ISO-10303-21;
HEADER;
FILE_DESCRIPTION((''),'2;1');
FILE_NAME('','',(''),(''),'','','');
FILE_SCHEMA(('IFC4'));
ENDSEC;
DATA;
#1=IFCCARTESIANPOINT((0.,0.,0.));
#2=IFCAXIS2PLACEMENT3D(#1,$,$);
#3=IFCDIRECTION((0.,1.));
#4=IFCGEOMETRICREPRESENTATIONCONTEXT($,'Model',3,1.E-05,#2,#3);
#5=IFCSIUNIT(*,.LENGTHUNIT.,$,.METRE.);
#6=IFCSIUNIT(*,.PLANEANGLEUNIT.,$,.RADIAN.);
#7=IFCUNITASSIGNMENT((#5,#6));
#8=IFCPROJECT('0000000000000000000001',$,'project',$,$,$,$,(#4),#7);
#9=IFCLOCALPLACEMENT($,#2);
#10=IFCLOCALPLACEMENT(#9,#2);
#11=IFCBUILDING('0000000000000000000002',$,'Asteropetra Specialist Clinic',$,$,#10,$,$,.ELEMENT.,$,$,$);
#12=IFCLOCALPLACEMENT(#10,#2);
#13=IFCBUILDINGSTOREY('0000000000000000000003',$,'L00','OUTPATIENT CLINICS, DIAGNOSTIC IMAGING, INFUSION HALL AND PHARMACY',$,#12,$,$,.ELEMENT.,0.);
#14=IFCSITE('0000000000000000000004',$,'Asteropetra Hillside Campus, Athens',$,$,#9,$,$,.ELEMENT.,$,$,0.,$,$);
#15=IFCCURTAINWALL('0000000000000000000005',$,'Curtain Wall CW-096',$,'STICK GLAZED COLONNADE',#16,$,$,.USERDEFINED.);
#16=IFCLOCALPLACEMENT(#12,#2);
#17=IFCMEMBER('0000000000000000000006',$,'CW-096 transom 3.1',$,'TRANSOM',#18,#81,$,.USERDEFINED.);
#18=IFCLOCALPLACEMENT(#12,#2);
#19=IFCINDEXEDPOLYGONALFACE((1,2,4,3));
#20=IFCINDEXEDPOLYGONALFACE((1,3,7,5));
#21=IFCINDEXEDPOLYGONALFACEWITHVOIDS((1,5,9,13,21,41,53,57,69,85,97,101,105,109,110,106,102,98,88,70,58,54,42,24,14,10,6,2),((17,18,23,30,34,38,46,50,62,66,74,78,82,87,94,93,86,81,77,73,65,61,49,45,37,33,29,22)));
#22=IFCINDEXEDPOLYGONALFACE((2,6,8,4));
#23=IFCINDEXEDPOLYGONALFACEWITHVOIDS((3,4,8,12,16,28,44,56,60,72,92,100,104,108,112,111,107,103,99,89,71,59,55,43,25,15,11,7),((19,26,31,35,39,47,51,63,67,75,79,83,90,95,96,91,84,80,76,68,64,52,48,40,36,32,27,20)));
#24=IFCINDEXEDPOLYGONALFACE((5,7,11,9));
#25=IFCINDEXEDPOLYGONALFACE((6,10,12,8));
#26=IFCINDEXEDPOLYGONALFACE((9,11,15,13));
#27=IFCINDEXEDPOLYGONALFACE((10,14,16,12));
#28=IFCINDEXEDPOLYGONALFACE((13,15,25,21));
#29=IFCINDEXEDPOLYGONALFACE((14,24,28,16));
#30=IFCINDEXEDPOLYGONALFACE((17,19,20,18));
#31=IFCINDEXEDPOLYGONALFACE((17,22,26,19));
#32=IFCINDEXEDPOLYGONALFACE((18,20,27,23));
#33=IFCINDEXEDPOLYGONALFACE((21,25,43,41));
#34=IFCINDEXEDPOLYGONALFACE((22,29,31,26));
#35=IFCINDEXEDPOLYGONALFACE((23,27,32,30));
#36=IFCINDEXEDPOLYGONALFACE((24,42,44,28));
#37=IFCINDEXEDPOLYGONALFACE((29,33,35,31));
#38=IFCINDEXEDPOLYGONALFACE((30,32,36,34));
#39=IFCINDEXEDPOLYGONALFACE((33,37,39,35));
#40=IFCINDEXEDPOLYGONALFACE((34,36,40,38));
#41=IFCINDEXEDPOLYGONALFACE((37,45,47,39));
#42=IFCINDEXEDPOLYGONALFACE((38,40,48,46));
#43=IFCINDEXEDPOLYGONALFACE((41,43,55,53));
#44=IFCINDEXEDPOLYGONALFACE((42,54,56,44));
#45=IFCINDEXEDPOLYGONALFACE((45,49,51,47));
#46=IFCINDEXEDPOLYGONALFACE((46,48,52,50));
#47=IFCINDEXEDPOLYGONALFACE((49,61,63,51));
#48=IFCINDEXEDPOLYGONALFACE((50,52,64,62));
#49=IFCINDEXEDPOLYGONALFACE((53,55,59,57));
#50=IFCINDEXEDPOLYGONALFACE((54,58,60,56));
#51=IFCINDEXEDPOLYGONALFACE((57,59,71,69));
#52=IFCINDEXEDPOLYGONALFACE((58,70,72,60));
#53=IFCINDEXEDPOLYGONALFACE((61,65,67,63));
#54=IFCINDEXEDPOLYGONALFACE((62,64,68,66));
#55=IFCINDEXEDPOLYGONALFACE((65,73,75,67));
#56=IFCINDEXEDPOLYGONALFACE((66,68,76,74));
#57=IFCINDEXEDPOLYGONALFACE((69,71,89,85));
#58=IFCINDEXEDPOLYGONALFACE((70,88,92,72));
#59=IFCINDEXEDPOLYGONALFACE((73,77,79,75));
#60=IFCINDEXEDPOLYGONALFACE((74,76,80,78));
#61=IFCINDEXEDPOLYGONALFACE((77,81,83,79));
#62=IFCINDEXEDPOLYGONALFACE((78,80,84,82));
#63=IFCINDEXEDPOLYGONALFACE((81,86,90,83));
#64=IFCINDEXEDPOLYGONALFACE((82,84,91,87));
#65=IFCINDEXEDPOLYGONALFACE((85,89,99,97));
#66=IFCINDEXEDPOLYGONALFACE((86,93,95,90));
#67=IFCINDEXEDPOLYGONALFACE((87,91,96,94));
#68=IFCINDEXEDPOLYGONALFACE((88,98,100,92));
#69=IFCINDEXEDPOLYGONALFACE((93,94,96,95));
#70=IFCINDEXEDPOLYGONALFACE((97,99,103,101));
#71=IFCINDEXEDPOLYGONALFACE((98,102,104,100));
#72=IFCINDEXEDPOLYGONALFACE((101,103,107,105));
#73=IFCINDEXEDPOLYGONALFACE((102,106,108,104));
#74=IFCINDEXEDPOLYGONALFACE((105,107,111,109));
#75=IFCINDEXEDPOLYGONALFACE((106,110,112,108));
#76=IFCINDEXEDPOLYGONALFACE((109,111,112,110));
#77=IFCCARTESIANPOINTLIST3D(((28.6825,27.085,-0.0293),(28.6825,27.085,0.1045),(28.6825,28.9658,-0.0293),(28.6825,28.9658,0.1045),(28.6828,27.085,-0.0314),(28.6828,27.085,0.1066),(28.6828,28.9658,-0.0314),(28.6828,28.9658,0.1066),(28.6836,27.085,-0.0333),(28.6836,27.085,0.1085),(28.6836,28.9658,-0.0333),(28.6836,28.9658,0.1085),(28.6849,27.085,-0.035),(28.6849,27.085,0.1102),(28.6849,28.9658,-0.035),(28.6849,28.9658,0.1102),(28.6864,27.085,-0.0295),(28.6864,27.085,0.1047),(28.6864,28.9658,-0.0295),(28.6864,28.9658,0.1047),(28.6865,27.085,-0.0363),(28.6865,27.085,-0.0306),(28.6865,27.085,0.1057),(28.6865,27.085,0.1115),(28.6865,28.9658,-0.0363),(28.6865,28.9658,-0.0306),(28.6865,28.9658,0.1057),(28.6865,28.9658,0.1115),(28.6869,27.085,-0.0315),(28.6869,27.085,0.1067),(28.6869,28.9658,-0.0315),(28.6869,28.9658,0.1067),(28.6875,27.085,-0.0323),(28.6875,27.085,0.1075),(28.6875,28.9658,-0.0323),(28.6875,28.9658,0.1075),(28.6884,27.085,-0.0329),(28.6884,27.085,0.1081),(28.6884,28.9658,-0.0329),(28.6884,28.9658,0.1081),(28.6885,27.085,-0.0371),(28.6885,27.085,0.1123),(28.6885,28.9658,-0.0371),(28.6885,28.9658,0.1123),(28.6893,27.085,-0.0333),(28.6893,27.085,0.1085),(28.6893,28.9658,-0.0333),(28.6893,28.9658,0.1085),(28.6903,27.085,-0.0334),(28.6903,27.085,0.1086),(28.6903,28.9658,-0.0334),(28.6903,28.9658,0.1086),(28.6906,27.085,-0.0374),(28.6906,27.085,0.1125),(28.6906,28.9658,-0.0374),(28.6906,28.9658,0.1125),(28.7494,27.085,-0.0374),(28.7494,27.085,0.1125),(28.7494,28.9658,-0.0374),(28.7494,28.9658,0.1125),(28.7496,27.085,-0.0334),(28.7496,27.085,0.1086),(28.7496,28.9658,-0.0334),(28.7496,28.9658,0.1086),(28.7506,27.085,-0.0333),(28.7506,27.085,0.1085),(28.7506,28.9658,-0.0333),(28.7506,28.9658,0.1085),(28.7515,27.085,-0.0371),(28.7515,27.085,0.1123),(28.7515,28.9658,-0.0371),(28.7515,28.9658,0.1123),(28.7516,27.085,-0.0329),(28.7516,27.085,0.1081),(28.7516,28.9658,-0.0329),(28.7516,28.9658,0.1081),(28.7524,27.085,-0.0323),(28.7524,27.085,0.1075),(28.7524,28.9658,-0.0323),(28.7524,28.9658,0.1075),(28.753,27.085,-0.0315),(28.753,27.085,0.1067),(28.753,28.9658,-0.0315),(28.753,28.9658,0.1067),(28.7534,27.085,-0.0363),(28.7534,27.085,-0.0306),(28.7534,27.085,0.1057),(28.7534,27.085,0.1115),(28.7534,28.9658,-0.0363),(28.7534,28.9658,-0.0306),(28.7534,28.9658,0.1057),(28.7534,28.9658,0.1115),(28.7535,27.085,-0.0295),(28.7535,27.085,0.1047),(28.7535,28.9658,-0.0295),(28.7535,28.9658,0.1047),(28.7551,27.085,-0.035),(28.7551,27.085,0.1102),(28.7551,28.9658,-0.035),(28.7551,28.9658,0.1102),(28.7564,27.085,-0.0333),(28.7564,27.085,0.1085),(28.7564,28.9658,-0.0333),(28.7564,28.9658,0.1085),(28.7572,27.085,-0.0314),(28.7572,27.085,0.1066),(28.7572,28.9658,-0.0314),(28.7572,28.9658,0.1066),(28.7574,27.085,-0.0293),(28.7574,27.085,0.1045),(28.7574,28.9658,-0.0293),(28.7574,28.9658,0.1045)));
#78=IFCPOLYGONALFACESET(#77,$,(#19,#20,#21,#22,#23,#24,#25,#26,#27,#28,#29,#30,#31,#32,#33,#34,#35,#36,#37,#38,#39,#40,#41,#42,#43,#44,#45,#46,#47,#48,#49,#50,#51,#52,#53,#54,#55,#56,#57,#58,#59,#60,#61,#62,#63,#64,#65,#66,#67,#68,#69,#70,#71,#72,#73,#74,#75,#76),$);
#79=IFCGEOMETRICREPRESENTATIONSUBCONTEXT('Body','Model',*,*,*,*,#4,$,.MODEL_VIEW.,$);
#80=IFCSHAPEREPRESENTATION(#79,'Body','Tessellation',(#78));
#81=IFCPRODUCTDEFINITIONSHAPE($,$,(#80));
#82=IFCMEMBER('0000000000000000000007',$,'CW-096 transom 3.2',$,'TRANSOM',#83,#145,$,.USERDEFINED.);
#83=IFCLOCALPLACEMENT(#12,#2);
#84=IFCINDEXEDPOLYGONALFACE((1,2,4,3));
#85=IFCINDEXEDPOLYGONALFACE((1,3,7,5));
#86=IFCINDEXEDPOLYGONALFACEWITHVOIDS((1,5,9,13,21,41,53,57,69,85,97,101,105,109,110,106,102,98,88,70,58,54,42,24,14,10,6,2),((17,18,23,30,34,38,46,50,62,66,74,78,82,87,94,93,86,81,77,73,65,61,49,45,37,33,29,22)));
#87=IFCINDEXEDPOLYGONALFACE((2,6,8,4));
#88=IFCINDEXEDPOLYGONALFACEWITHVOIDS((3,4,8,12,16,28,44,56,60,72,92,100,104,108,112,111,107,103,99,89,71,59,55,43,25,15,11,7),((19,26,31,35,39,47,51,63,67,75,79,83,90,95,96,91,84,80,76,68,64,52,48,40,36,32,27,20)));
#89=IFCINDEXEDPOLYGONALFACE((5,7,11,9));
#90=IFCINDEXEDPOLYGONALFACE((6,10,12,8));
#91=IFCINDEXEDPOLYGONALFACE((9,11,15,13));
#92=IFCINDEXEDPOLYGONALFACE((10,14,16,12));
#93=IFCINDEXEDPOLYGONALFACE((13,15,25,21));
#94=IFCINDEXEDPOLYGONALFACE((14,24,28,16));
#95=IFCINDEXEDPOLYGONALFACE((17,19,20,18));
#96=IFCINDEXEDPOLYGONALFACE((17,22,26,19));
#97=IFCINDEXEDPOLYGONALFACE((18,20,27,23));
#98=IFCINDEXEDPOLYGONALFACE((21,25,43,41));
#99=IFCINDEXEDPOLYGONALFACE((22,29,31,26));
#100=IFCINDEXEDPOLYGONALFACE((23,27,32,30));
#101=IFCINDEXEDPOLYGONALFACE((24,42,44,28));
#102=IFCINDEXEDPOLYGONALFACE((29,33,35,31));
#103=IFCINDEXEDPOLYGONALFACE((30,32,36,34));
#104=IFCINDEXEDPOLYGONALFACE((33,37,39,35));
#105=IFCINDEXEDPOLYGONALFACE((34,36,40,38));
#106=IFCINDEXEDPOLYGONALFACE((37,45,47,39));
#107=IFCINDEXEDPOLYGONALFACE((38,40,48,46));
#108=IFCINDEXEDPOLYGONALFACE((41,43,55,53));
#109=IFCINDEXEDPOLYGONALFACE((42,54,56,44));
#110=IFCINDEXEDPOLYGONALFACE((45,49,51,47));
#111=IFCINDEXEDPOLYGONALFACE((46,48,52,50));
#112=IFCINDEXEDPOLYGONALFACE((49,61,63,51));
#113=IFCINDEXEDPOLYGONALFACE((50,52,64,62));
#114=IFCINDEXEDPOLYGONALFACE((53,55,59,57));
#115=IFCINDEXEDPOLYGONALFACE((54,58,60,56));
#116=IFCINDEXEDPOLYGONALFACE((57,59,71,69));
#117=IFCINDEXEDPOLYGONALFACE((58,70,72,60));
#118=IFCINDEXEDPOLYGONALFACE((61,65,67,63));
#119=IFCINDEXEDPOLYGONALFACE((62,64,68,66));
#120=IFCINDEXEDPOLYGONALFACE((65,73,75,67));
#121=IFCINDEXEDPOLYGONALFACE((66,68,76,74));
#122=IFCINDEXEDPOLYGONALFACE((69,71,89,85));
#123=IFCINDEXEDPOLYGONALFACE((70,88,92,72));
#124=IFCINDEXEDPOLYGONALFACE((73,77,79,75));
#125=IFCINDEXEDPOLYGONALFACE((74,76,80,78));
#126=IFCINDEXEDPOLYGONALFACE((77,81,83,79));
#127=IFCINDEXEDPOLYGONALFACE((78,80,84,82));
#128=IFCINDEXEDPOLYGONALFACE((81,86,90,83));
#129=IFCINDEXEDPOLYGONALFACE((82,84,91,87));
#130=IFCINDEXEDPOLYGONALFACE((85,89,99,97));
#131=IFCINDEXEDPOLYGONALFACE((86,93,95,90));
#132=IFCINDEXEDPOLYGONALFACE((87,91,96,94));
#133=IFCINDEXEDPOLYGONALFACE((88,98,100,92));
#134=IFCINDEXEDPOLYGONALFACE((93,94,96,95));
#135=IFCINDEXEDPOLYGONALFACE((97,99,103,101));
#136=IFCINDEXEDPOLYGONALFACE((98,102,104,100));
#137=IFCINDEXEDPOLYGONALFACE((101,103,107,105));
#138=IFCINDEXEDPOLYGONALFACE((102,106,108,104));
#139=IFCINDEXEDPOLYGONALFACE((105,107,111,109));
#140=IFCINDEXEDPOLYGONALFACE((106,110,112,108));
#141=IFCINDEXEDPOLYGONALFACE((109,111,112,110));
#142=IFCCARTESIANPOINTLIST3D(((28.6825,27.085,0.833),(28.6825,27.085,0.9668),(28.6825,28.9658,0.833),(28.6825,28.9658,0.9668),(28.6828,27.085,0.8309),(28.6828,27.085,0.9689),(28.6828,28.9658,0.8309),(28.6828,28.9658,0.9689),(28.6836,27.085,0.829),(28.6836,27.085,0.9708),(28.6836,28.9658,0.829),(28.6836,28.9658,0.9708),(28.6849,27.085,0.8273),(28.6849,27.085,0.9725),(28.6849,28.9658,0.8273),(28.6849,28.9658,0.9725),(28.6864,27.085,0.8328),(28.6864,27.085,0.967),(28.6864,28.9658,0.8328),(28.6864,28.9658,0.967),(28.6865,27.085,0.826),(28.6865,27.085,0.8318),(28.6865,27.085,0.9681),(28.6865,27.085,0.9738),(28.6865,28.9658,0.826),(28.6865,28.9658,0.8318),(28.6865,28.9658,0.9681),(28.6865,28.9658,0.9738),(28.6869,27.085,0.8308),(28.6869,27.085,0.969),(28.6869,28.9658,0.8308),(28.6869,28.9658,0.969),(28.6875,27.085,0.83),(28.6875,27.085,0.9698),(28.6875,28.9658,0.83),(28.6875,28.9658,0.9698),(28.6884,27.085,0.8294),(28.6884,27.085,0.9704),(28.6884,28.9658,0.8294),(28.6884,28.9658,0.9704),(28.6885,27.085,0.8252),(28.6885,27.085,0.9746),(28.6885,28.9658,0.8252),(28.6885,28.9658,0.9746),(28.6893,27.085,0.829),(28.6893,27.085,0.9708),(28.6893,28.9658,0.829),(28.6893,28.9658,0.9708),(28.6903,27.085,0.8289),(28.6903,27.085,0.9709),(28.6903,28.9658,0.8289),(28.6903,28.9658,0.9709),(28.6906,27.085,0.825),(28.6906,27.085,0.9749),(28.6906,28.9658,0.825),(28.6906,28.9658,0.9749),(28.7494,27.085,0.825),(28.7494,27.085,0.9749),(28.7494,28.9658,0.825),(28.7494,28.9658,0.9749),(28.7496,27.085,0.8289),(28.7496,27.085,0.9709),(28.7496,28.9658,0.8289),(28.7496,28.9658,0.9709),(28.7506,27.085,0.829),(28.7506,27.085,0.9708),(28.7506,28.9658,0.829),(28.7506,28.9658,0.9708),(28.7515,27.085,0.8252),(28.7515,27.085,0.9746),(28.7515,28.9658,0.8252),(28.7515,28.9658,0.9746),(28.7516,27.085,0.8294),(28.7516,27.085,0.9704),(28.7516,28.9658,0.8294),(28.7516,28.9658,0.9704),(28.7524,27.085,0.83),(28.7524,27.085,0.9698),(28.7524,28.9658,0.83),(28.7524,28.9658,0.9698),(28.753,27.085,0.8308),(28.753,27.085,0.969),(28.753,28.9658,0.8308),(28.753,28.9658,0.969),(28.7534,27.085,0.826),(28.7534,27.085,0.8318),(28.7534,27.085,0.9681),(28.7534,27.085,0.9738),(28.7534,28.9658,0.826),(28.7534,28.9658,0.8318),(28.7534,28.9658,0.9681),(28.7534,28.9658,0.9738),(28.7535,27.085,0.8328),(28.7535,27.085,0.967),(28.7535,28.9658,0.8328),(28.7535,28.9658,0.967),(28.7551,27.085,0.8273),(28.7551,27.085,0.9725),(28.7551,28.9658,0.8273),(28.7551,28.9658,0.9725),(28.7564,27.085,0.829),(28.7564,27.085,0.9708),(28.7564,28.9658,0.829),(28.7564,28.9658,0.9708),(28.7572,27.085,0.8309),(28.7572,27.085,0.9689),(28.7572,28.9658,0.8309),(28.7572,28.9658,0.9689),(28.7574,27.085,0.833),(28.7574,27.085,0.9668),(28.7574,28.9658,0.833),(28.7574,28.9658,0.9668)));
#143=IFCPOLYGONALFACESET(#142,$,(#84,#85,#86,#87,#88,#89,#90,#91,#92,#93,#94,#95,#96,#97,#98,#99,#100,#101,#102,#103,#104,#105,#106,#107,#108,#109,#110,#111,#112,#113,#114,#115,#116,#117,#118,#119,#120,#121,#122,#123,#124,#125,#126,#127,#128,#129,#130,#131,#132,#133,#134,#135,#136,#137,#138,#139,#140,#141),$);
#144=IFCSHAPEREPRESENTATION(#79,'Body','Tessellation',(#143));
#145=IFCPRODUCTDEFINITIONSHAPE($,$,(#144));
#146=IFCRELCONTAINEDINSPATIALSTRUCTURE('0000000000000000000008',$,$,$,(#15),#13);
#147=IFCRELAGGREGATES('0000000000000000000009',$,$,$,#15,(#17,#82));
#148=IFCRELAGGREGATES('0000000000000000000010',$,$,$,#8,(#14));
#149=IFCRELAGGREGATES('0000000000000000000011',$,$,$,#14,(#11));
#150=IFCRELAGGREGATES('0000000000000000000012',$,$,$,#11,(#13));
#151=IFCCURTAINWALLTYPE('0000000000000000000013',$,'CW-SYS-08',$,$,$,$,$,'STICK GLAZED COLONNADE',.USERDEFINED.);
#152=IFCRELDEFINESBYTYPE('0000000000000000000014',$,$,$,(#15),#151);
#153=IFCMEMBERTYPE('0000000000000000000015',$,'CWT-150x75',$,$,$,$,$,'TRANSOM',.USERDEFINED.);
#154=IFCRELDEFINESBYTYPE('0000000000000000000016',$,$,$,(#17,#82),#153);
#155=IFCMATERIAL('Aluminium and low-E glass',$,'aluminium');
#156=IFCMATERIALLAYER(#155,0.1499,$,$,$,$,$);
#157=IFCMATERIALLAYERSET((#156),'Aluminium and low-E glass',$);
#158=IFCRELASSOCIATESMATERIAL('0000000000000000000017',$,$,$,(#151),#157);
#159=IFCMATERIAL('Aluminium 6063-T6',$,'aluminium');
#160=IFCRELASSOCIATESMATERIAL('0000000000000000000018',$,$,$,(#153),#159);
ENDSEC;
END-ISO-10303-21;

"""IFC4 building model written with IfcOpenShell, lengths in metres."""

from ifc_helpers import new_model, si_unit, direction, frame, origin, origin_2d, place, context, subcontext, project, spatial, hollow_rectangle, extrude, material, layer, layer_set, material_profile, profile_set, type_object, element, aggregate, save


model = new_model("IFC4")

# Units and contexts
model_context = context("Model", 3, precision=1e-05, world=origin(), true_north=direction((0.0, 1.0)))
body_context = subcontext(model_context, "Body", "Model", "MODEL_VIEW")
ifc_project = project(units=[si_unit("LENGTHUNIT", "METRE"), si_unit("PLANEANGLEUNIT", "RADIAN")], contexts=[model_context])

# Site, building, storey
site_placement = place(None, origin())
site = spatial("IfcSite", under=ifc_project, at=site_placement, Name="Asteropetra Hillside Campus, Athens", CompositionType="ELEMENT", RefElevation=0.0)
building_placement = place(site_placement, origin())
building = spatial("IfcBuilding", under=site, at=building_placement, Name="Asteropetra Specialist Clinic", CompositionType="ELEMENT")
storey_placement = place(building_placement, origin())
storey = spatial("IfcBuildingStorey", under=building, at=storey_placement, Name="L00", Description="OUTPATIENT CLINICS, DIAGNOSTIC IMAGING, INFUSION HALL AND PHARMACY", CompositionType="ELEMENT", Elevation=0.0)

# Curtain wall, members
ifc_material_1 = material(Name="Aluminium and low-E glass", Category="aluminium")
ifc_layer_1 = layer(ifc_material_1, 0.1499)
ifc_layer_set_1 = layer_set([ifc_layer_1], Name="Aluminium and low-E glass")
curtain_wall_type = type_object("IfcCurtainWallType", Name="CW-SYS-08", ElementType="STICK GLAZED COLONNADE", PredefinedType="USERDEFINED", material=ifc_layer_set_1)
curtain_wall_placement = place(storey_placement, origin())
curtain_wall = element("IfcCurtainWall", 1, at=curtain_wall_placement, inside=storey, type_object=curtain_wall_type, Name="Curtain Wall CW-096", ObjectType="STICK GLAZED COLONNADE", PredefinedType="USERDEFINED")
ifc_material_2 = material(Name="Aluminium 6063-T6", Category="aluminium")
ifc_material_profile_1 = material_profile(ifc_material_2, hollow_rectangle(XDim=0.075, YDim=0.1499, WallThickness=0.0039, InnerFilletRadius=0.0039, OuterFilletRadius=0.0081, at=origin_2d()), Name="TRN 150x75x4.0")
ifc_profile_set_1 = profile_set([ifc_material_profile_1], Name="Aluminium 6063-T6")
member_type_1 = type_object("IfcMemberType", Name="CWT-150x75", ElementType="TRANSOM", PredefinedType="USERDEFINED", material=ifc_profile_set_1)
member_1_placement = place(storey_placement, frame((28.72, 28.9658, 0.0376), z_axis=(0.0, -1.0, 0.0), x_axis=(1.0, 0.0, 0.0)))
member_1 = element("IfcMember", 2, at=member_1_placement, type_object=member_type_1, Name="CW-096 transom 3.1", ObjectType="TRANSOM", PredefinedType="USERDEFINED", context=body_context, shape_type="SweptSolid", body=[
    extrude(hollow_rectangle(XDim=0.075, YDim=0.1499, WallThickness=0.0039, InnerFilletRadius=0.0039, OuterFilletRadius=0.0081, at=origin_2d()), origin(), (0.0, 0.0, 1.0), 1.8809),
])
member_2_placement = place(storey_placement, frame((28.72, 28.9658, 0.8999), z_axis=(0.0, -1.0, 0.0), x_axis=(1.0, 0.0, 0.0)))
member_2 = element("IfcMember", 3, at=member_2_placement, type_object=member_type_1, Name="CW-096 transom 3.2", ObjectType="TRANSOM", PredefinedType="USERDEFINED", context=body_context, shape_type="SweptSolid", body=[
    extrude(hollow_rectangle(XDim=0.075, YDim=0.1499, WallThickness=0.0039, InnerFilletRadius=0.0039, OuterFilletRadius=0.0081, at=origin_2d()), origin(), (0.0, 0.0, 1.0), 1.8809),
])
aggregate(curtain_wall, [member_1, member_2])

save(model, "model.ifc")
